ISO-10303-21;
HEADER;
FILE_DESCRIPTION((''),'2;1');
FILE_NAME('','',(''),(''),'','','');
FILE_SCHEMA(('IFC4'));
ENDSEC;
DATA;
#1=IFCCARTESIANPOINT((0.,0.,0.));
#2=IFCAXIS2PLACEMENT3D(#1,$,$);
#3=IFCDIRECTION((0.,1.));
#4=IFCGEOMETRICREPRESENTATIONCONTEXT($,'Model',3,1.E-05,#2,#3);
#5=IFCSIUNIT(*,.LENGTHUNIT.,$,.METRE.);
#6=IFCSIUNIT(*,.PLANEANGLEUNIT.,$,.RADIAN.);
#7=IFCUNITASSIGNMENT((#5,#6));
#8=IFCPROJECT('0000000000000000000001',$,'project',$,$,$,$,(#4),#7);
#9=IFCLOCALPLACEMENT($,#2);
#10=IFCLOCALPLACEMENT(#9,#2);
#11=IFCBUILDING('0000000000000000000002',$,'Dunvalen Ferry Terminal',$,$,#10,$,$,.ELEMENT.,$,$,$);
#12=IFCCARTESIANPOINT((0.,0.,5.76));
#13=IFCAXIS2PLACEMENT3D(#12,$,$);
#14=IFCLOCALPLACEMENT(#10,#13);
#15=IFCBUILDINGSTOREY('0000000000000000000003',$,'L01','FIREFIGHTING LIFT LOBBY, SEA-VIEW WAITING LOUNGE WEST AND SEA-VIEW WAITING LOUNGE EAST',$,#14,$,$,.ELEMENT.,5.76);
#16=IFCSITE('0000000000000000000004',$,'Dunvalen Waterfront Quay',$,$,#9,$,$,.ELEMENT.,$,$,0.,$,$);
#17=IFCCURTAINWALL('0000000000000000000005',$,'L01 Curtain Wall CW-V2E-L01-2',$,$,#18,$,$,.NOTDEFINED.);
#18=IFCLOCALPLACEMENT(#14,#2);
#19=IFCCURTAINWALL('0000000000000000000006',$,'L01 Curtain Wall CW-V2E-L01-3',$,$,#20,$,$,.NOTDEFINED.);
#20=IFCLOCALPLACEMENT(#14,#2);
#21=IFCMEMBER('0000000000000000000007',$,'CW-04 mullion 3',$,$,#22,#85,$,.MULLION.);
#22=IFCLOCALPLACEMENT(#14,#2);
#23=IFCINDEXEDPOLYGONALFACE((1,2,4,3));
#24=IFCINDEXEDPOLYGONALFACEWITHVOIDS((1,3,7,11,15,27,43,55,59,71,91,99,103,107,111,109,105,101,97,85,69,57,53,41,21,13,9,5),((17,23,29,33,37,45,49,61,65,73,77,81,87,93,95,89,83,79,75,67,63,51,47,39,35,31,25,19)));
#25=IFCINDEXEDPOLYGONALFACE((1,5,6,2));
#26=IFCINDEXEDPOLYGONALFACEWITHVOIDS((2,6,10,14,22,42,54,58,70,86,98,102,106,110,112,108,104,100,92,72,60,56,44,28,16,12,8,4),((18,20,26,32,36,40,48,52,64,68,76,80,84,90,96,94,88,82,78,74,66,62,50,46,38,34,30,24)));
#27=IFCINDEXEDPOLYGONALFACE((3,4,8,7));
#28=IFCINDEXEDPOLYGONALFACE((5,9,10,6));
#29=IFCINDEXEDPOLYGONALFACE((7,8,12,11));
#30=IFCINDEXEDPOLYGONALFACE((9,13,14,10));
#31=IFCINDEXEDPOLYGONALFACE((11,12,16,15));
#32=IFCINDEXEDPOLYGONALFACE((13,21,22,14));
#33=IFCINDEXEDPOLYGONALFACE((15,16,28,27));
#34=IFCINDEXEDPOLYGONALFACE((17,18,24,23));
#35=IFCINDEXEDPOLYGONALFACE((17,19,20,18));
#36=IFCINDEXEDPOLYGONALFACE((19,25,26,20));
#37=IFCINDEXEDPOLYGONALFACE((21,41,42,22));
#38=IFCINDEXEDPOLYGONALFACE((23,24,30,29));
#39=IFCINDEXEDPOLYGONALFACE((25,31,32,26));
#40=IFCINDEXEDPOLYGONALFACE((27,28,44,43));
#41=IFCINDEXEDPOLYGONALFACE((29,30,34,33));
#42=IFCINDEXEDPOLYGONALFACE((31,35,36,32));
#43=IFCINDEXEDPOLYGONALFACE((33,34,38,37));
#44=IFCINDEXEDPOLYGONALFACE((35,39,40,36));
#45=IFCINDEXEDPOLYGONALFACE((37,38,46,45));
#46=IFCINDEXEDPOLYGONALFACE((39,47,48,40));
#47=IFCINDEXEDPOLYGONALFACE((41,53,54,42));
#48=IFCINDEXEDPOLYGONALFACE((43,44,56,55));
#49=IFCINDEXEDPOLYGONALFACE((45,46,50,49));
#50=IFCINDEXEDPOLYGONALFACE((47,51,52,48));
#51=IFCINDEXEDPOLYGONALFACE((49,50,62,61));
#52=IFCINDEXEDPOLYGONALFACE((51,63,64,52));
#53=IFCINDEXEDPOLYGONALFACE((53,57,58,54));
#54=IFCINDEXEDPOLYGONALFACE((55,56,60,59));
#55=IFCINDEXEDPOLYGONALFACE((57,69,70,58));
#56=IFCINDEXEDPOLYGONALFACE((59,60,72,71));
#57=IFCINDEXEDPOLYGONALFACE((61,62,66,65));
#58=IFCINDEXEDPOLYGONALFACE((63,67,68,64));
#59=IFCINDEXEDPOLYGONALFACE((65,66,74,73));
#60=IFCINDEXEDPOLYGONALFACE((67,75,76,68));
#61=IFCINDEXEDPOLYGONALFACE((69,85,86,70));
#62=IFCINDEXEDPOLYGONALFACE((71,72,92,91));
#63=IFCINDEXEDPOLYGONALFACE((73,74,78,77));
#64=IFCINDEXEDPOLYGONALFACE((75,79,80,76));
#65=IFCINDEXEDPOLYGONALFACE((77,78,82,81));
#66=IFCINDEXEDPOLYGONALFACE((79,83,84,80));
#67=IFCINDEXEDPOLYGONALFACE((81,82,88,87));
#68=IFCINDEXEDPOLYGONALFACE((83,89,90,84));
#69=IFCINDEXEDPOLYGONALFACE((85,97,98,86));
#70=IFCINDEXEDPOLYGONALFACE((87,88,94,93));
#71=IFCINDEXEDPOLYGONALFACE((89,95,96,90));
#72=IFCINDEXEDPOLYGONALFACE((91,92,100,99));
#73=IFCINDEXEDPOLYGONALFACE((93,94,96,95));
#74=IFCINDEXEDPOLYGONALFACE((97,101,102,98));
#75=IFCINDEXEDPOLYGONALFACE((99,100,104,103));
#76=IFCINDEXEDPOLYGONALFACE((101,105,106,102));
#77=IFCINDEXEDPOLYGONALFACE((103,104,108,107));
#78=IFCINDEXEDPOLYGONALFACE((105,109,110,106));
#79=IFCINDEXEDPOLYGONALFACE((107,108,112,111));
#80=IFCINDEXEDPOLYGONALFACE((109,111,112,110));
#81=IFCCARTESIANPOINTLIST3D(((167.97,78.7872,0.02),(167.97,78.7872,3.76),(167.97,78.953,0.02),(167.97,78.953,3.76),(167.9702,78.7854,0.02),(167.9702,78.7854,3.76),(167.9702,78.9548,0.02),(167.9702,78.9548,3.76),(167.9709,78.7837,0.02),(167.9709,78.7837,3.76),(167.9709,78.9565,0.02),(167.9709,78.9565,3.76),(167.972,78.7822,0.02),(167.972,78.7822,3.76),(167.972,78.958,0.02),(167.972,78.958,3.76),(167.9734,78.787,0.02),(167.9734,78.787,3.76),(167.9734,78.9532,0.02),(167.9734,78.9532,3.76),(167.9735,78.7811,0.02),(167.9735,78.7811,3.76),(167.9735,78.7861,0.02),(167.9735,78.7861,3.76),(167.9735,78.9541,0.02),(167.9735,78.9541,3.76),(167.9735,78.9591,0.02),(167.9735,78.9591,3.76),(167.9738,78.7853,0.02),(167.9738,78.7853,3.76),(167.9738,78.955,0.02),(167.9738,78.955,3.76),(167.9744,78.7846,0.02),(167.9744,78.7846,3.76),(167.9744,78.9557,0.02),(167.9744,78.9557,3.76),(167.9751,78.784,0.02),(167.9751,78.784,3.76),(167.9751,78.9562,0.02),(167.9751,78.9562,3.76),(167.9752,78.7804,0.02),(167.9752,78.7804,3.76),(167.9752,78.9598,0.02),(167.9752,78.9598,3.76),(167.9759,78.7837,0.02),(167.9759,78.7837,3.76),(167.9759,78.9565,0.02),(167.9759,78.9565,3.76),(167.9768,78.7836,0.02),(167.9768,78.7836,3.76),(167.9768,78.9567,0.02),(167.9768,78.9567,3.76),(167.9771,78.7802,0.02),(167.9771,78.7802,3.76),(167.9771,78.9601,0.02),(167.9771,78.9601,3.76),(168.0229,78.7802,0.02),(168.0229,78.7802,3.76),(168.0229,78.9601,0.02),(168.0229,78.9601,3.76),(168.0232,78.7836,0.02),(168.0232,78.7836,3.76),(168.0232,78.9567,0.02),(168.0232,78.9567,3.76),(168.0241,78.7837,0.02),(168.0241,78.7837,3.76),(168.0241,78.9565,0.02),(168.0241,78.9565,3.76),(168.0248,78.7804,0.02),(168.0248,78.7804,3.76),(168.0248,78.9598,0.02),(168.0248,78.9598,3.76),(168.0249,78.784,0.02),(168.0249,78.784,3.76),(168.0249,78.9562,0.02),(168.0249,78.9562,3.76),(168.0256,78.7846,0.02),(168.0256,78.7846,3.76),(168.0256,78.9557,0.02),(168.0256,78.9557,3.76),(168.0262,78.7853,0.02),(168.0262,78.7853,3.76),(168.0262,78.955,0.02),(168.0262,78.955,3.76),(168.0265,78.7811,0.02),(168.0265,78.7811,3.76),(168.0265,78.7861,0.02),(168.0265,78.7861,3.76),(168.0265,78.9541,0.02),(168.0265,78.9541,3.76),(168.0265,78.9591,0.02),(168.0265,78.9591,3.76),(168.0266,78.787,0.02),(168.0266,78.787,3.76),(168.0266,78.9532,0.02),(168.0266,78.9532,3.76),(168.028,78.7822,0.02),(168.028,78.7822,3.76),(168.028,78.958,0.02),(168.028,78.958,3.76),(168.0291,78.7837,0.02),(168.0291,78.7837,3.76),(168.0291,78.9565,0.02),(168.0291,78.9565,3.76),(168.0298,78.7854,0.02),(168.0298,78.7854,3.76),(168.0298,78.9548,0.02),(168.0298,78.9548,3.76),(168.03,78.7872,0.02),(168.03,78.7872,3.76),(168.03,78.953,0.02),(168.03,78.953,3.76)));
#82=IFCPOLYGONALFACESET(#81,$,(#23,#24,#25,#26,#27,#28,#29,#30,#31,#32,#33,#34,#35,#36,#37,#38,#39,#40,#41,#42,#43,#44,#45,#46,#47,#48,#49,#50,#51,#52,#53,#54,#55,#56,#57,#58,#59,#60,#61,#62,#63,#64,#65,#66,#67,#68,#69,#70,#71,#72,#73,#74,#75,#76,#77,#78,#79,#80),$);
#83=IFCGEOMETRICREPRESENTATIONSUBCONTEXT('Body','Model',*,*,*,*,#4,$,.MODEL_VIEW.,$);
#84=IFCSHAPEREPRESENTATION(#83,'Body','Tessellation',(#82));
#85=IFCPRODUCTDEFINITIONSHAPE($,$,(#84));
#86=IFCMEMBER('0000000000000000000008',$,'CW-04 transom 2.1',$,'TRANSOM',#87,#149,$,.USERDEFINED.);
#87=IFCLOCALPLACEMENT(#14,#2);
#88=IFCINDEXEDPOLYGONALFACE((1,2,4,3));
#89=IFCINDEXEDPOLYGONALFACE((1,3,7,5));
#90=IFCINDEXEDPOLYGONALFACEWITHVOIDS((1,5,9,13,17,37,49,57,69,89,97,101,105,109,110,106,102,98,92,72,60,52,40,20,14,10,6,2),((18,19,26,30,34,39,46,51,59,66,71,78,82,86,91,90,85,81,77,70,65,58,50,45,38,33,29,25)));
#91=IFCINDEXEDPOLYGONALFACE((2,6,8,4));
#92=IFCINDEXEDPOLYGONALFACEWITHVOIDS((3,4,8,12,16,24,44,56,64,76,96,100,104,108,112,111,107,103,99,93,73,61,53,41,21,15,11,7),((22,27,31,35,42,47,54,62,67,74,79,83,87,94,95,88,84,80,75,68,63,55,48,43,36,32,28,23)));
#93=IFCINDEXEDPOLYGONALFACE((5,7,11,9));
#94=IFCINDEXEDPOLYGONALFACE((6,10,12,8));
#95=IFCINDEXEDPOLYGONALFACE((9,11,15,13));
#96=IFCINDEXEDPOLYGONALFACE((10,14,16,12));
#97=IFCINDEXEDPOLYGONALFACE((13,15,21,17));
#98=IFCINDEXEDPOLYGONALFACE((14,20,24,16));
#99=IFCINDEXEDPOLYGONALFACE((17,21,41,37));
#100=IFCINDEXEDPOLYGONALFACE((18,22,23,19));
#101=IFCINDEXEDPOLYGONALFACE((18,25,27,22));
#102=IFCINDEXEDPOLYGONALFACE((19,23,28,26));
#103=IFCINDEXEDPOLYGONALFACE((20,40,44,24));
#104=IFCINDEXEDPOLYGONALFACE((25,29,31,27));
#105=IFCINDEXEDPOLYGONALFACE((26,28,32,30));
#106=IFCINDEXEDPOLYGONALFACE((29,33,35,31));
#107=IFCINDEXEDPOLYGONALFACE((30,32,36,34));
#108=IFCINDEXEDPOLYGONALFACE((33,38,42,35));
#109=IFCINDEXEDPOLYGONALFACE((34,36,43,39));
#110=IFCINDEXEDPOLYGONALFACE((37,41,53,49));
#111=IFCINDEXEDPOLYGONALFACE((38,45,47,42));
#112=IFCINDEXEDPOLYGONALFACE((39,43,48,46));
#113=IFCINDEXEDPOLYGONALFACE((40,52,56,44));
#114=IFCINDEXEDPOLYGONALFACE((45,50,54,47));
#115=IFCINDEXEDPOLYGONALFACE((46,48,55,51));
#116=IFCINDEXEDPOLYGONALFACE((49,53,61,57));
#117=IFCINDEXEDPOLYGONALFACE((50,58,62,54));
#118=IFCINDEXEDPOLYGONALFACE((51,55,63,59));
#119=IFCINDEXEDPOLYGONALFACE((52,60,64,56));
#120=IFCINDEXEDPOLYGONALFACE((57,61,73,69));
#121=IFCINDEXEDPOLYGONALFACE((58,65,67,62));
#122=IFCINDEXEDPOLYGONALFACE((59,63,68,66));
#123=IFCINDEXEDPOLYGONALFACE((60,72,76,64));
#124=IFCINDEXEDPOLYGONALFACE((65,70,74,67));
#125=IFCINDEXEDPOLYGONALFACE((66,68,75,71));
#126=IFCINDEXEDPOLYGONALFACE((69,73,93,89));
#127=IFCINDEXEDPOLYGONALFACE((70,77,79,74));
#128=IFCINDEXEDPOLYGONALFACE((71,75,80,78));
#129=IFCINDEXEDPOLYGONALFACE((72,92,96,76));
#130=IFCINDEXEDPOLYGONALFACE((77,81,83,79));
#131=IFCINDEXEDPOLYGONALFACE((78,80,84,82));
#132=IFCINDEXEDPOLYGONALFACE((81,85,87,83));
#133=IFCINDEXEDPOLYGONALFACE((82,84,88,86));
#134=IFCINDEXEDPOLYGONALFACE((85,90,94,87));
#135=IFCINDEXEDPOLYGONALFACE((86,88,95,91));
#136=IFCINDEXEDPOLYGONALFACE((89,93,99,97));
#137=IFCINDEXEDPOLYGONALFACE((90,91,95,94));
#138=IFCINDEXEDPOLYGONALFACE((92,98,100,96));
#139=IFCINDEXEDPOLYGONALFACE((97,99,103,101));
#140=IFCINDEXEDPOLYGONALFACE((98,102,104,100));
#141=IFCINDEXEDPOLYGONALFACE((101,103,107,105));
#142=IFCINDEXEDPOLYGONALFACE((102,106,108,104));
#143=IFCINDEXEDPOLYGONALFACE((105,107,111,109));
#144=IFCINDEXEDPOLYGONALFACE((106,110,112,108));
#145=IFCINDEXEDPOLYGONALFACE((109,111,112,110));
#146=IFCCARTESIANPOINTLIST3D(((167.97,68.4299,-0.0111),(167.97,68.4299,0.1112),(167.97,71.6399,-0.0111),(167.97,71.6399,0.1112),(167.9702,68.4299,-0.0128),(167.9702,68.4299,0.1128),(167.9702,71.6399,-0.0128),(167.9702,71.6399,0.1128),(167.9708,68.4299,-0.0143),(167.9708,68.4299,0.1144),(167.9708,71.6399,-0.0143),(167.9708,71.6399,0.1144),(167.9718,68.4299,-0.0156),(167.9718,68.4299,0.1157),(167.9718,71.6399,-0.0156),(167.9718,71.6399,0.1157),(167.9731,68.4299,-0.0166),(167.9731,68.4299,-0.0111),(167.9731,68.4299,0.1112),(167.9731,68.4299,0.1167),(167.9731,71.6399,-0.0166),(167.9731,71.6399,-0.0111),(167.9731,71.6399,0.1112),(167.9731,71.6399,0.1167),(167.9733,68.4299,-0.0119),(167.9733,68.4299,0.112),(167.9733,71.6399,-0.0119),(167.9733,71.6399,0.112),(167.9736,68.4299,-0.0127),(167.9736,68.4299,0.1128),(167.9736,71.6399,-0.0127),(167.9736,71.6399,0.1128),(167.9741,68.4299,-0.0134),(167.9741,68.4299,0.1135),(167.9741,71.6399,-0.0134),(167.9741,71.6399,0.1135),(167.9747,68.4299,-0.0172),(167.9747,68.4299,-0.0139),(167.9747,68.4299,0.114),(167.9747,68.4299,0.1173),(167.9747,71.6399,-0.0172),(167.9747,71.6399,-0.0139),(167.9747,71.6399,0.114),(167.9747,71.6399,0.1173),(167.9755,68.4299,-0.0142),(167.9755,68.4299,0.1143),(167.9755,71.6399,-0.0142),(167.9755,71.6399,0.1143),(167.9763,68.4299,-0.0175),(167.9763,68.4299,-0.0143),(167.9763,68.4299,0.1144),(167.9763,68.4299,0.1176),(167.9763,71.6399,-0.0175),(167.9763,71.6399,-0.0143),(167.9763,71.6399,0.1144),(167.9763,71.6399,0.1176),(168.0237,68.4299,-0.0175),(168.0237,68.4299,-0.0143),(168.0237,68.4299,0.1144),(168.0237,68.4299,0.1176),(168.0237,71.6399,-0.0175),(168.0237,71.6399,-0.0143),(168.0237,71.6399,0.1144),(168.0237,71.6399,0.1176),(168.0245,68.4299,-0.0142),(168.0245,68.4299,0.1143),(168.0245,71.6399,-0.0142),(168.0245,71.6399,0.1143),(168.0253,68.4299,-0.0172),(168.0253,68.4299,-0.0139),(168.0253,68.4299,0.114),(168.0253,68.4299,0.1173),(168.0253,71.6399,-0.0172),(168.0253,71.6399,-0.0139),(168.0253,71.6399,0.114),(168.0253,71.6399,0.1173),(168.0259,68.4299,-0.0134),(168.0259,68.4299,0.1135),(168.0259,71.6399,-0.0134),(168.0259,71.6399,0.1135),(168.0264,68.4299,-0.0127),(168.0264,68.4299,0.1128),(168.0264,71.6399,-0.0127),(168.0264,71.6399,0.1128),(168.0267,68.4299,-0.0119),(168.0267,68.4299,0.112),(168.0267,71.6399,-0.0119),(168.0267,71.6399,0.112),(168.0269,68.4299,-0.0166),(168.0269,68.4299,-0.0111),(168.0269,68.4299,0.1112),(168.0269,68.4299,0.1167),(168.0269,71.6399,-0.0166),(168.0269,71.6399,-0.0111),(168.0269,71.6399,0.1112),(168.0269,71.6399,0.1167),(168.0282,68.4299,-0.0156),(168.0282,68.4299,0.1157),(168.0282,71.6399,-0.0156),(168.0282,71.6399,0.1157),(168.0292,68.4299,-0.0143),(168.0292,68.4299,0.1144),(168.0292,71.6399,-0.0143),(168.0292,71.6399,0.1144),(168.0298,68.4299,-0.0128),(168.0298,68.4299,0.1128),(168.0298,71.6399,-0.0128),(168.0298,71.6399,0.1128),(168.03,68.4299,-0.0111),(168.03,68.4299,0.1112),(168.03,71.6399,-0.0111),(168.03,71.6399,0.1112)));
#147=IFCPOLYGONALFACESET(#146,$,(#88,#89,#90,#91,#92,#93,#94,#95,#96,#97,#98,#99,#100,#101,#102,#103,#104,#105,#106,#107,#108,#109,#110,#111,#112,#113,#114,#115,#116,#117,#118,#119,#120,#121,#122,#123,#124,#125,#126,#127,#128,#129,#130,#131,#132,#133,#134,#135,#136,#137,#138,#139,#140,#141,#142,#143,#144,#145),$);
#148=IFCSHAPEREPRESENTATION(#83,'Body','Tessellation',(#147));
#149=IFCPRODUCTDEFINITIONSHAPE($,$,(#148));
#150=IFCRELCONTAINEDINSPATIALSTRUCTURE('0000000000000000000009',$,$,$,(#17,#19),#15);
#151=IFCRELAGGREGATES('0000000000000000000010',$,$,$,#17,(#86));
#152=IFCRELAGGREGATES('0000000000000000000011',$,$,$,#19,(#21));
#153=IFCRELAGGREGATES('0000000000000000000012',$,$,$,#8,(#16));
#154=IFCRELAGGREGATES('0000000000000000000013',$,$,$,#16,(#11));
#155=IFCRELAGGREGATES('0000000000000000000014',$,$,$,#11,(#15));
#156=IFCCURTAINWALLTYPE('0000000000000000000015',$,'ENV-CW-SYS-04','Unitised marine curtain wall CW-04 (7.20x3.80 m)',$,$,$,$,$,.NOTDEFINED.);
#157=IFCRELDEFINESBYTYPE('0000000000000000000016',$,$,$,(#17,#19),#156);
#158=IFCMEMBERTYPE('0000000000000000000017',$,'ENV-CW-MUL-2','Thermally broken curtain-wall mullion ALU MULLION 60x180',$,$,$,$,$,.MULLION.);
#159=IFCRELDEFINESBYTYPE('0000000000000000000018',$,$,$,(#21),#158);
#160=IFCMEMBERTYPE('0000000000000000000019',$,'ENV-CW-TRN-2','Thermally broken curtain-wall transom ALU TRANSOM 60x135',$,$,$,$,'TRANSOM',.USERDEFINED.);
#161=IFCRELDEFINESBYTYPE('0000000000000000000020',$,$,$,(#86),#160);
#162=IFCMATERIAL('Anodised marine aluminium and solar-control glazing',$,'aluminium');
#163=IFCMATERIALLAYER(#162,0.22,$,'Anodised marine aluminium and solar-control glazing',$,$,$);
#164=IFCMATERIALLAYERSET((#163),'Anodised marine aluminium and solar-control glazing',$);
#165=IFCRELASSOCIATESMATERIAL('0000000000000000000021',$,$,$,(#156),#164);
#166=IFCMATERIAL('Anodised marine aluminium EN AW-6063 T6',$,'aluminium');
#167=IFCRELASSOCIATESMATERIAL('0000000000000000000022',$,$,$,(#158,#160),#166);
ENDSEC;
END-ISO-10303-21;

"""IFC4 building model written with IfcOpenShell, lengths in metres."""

from ifc_helpers import new_model, si_unit, direction, frame, origin, origin_2d, place, context, subcontext, project, spatial, hollow_rectangle, extrude, material, layer, layer_set, material_profile, profile_set, type_object, element, aggregate, save


model = new_model("IFC4")

# Units and contexts
model_context = context("Model", 3, precision=1e-05, world=origin(), true_north=direction((0.0, 1.0)))
body_context = subcontext(model_context, "Body", "Model", "MODEL_VIEW")
ifc_project = project(units=[si_unit("LENGTHUNIT", "METRE"), si_unit("PLANEANGLEUNIT", "RADIAN")], contexts=[model_context])

# Site, building, storey
site_placement = place(None, origin())
site = spatial("IfcSite", under=ifc_project, at=site_placement, Name="Dunvalen Waterfront Quay", CompositionType="ELEMENT", RefElevation=0.0)
building_placement = place(site_placement, origin())
building = spatial("IfcBuilding", under=site, at=building_placement, Name="Dunvalen Ferry Terminal", CompositionType="ELEMENT")
storey_placement = place(building_placement, frame((0.0, 0.0, 5.76)))
storey = spatial("IfcBuildingStorey", under=building, at=storey_placement, Name="L01", Description="FIREFIGHTING LIFT LOBBY, SEA-VIEW WAITING LOUNGE WEST AND SEA-VIEW WAITING LOUNGE EAST", CompositionType="ELEMENT", Elevation=5.76)

# Curtain walls, member
ifc_material_1 = material(Name="Anodised marine aluminium and solar-control glazing", Category="aluminium")
ifc_layer_1 = layer(ifc_material_1, 0.22, Name="Anodised marine aluminium and solar-control glazing")
ifc_layer_set_1 = layer_set([ifc_layer_1], Name="Anodised marine aluminium and solar-control glazing")
curtain_wall_type = type_object("IfcCurtainWallType", Name="ENV-CW-SYS-04", Description="Unitised marine curtain wall CW-04 (7.20x3.80 m)", PredefinedType="NOTDEFINED", material=ifc_layer_set_1)
curtain_wall_1_placement = place(storey_placement, origin())
curtain_wall_1 = element("IfcCurtainWall", 1, at=curtain_wall_1_placement, inside=storey, type_object=curtain_wall_type, Name="L01 Curtain Wall CW-V2E-L01-2", PredefinedType="NOTDEFINED")
ifc_material_2 = material(Name="Anodised marine aluminium EN AW-6063 T6", Category="aluminium")
ifc_material_profile_1 = material_profile(ifc_material_2, hollow_rectangle(XDim=0.0601, YDim=0.1799, WallThickness=0.0034, InnerFilletRadius=0.0034, OuterFilletRadius=0.0071, at=origin_2d()), Name="Anodised marine aluminium EN AW-6063 T6")
ifc_profile_set_1 = profile_set([ifc_material_profile_1], Name="Anodised marine aluminium EN AW-6063 T6")
member_type_1 = type_object("IfcMemberType", Name="ENV-CW-MUL-2", Description="Thermally broken curtain-wall mullion ALU MULLION 60x180", PredefinedType="MULLION", material=ifc_profile_set_1)
curtain_wall_2_placement = place(storey_placement, origin())
curtain_wall_2 = element("IfcCurtainWall", 2, at=curtain_wall_2_placement, inside=storey, type_object=curtain_wall_type, Name="L01 Curtain Wall CW-V2E-L01-3", PredefinedType="NOTDEFINED")
member_1_placement = place(storey_placement, frame((168.0, 78.8701, 0.02), z_axis=(0.0, 0.0, 1.0), x_axis=(-1.0, 0.0, 0.0)))
member_1 = element("IfcMember", 3, at=member_1_placement, type_object=member_type_1, Name="CW-04 mullion 3", PredefinedType="MULLION", context=body_context, shape_type="SweptSolid", body=[
    extrude(hollow_rectangle(XDim=0.0601, YDim=0.1799, WallThickness=0.0034, InnerFilletRadius=0.0034, OuterFilletRadius=0.0071, at=origin_2d()), origin(), (0.0, 0.0, 1.0), 3.74),
])

# Member
ifc_material_profile_2 = material_profile(ifc_material_2, hollow_rectangle(XDim=0.0601, YDim=0.135, WallThickness=0.0032, InnerFilletRadius=0.0032, OuterFilletRadius=0.0063, at=origin_2d()), Name="Anodised marine aluminium EN AW-6063 T6")
ifc_profile_set_2 = profile_set([ifc_material_profile_2], Name="Anodised marine aluminium EN AW-6063 T6")
member_type_2 = type_object("IfcMemberType", Name="ENV-CW-TRN-2", Description="Thermally broken curtain-wall transom ALU TRANSOM 60x135", ElementType="TRANSOM", PredefinedType="USERDEFINED", material=ifc_profile_set_2)
member_2_placement = place(storey_placement, frame((168.0, 68.4299, 0.05), z_axis=(0.0, 1.0, 0.0), x_axis=(-1.0, 0.0, 0.0)))
member_2 = element("IfcMember", 4, at=member_2_placement, type_object=member_type_2, Name="CW-04 transom 2.1", ObjectType="TRANSOM", PredefinedType="USERDEFINED", context=body_context, shape_type="SweptSolid", body=[
    extrude(hollow_rectangle(XDim=0.0601, YDim=0.135, WallThickness=0.0032, InnerFilletRadius=0.0032, OuterFilletRadius=0.0063, at=origin_2d()), origin(), (0.0, 0.0, 1.0), 3.21),
])

aggregate(curtain_wall_1, [member_2])
aggregate(curtain_wall_2, [member_1])

save(model, "model.ifc")
